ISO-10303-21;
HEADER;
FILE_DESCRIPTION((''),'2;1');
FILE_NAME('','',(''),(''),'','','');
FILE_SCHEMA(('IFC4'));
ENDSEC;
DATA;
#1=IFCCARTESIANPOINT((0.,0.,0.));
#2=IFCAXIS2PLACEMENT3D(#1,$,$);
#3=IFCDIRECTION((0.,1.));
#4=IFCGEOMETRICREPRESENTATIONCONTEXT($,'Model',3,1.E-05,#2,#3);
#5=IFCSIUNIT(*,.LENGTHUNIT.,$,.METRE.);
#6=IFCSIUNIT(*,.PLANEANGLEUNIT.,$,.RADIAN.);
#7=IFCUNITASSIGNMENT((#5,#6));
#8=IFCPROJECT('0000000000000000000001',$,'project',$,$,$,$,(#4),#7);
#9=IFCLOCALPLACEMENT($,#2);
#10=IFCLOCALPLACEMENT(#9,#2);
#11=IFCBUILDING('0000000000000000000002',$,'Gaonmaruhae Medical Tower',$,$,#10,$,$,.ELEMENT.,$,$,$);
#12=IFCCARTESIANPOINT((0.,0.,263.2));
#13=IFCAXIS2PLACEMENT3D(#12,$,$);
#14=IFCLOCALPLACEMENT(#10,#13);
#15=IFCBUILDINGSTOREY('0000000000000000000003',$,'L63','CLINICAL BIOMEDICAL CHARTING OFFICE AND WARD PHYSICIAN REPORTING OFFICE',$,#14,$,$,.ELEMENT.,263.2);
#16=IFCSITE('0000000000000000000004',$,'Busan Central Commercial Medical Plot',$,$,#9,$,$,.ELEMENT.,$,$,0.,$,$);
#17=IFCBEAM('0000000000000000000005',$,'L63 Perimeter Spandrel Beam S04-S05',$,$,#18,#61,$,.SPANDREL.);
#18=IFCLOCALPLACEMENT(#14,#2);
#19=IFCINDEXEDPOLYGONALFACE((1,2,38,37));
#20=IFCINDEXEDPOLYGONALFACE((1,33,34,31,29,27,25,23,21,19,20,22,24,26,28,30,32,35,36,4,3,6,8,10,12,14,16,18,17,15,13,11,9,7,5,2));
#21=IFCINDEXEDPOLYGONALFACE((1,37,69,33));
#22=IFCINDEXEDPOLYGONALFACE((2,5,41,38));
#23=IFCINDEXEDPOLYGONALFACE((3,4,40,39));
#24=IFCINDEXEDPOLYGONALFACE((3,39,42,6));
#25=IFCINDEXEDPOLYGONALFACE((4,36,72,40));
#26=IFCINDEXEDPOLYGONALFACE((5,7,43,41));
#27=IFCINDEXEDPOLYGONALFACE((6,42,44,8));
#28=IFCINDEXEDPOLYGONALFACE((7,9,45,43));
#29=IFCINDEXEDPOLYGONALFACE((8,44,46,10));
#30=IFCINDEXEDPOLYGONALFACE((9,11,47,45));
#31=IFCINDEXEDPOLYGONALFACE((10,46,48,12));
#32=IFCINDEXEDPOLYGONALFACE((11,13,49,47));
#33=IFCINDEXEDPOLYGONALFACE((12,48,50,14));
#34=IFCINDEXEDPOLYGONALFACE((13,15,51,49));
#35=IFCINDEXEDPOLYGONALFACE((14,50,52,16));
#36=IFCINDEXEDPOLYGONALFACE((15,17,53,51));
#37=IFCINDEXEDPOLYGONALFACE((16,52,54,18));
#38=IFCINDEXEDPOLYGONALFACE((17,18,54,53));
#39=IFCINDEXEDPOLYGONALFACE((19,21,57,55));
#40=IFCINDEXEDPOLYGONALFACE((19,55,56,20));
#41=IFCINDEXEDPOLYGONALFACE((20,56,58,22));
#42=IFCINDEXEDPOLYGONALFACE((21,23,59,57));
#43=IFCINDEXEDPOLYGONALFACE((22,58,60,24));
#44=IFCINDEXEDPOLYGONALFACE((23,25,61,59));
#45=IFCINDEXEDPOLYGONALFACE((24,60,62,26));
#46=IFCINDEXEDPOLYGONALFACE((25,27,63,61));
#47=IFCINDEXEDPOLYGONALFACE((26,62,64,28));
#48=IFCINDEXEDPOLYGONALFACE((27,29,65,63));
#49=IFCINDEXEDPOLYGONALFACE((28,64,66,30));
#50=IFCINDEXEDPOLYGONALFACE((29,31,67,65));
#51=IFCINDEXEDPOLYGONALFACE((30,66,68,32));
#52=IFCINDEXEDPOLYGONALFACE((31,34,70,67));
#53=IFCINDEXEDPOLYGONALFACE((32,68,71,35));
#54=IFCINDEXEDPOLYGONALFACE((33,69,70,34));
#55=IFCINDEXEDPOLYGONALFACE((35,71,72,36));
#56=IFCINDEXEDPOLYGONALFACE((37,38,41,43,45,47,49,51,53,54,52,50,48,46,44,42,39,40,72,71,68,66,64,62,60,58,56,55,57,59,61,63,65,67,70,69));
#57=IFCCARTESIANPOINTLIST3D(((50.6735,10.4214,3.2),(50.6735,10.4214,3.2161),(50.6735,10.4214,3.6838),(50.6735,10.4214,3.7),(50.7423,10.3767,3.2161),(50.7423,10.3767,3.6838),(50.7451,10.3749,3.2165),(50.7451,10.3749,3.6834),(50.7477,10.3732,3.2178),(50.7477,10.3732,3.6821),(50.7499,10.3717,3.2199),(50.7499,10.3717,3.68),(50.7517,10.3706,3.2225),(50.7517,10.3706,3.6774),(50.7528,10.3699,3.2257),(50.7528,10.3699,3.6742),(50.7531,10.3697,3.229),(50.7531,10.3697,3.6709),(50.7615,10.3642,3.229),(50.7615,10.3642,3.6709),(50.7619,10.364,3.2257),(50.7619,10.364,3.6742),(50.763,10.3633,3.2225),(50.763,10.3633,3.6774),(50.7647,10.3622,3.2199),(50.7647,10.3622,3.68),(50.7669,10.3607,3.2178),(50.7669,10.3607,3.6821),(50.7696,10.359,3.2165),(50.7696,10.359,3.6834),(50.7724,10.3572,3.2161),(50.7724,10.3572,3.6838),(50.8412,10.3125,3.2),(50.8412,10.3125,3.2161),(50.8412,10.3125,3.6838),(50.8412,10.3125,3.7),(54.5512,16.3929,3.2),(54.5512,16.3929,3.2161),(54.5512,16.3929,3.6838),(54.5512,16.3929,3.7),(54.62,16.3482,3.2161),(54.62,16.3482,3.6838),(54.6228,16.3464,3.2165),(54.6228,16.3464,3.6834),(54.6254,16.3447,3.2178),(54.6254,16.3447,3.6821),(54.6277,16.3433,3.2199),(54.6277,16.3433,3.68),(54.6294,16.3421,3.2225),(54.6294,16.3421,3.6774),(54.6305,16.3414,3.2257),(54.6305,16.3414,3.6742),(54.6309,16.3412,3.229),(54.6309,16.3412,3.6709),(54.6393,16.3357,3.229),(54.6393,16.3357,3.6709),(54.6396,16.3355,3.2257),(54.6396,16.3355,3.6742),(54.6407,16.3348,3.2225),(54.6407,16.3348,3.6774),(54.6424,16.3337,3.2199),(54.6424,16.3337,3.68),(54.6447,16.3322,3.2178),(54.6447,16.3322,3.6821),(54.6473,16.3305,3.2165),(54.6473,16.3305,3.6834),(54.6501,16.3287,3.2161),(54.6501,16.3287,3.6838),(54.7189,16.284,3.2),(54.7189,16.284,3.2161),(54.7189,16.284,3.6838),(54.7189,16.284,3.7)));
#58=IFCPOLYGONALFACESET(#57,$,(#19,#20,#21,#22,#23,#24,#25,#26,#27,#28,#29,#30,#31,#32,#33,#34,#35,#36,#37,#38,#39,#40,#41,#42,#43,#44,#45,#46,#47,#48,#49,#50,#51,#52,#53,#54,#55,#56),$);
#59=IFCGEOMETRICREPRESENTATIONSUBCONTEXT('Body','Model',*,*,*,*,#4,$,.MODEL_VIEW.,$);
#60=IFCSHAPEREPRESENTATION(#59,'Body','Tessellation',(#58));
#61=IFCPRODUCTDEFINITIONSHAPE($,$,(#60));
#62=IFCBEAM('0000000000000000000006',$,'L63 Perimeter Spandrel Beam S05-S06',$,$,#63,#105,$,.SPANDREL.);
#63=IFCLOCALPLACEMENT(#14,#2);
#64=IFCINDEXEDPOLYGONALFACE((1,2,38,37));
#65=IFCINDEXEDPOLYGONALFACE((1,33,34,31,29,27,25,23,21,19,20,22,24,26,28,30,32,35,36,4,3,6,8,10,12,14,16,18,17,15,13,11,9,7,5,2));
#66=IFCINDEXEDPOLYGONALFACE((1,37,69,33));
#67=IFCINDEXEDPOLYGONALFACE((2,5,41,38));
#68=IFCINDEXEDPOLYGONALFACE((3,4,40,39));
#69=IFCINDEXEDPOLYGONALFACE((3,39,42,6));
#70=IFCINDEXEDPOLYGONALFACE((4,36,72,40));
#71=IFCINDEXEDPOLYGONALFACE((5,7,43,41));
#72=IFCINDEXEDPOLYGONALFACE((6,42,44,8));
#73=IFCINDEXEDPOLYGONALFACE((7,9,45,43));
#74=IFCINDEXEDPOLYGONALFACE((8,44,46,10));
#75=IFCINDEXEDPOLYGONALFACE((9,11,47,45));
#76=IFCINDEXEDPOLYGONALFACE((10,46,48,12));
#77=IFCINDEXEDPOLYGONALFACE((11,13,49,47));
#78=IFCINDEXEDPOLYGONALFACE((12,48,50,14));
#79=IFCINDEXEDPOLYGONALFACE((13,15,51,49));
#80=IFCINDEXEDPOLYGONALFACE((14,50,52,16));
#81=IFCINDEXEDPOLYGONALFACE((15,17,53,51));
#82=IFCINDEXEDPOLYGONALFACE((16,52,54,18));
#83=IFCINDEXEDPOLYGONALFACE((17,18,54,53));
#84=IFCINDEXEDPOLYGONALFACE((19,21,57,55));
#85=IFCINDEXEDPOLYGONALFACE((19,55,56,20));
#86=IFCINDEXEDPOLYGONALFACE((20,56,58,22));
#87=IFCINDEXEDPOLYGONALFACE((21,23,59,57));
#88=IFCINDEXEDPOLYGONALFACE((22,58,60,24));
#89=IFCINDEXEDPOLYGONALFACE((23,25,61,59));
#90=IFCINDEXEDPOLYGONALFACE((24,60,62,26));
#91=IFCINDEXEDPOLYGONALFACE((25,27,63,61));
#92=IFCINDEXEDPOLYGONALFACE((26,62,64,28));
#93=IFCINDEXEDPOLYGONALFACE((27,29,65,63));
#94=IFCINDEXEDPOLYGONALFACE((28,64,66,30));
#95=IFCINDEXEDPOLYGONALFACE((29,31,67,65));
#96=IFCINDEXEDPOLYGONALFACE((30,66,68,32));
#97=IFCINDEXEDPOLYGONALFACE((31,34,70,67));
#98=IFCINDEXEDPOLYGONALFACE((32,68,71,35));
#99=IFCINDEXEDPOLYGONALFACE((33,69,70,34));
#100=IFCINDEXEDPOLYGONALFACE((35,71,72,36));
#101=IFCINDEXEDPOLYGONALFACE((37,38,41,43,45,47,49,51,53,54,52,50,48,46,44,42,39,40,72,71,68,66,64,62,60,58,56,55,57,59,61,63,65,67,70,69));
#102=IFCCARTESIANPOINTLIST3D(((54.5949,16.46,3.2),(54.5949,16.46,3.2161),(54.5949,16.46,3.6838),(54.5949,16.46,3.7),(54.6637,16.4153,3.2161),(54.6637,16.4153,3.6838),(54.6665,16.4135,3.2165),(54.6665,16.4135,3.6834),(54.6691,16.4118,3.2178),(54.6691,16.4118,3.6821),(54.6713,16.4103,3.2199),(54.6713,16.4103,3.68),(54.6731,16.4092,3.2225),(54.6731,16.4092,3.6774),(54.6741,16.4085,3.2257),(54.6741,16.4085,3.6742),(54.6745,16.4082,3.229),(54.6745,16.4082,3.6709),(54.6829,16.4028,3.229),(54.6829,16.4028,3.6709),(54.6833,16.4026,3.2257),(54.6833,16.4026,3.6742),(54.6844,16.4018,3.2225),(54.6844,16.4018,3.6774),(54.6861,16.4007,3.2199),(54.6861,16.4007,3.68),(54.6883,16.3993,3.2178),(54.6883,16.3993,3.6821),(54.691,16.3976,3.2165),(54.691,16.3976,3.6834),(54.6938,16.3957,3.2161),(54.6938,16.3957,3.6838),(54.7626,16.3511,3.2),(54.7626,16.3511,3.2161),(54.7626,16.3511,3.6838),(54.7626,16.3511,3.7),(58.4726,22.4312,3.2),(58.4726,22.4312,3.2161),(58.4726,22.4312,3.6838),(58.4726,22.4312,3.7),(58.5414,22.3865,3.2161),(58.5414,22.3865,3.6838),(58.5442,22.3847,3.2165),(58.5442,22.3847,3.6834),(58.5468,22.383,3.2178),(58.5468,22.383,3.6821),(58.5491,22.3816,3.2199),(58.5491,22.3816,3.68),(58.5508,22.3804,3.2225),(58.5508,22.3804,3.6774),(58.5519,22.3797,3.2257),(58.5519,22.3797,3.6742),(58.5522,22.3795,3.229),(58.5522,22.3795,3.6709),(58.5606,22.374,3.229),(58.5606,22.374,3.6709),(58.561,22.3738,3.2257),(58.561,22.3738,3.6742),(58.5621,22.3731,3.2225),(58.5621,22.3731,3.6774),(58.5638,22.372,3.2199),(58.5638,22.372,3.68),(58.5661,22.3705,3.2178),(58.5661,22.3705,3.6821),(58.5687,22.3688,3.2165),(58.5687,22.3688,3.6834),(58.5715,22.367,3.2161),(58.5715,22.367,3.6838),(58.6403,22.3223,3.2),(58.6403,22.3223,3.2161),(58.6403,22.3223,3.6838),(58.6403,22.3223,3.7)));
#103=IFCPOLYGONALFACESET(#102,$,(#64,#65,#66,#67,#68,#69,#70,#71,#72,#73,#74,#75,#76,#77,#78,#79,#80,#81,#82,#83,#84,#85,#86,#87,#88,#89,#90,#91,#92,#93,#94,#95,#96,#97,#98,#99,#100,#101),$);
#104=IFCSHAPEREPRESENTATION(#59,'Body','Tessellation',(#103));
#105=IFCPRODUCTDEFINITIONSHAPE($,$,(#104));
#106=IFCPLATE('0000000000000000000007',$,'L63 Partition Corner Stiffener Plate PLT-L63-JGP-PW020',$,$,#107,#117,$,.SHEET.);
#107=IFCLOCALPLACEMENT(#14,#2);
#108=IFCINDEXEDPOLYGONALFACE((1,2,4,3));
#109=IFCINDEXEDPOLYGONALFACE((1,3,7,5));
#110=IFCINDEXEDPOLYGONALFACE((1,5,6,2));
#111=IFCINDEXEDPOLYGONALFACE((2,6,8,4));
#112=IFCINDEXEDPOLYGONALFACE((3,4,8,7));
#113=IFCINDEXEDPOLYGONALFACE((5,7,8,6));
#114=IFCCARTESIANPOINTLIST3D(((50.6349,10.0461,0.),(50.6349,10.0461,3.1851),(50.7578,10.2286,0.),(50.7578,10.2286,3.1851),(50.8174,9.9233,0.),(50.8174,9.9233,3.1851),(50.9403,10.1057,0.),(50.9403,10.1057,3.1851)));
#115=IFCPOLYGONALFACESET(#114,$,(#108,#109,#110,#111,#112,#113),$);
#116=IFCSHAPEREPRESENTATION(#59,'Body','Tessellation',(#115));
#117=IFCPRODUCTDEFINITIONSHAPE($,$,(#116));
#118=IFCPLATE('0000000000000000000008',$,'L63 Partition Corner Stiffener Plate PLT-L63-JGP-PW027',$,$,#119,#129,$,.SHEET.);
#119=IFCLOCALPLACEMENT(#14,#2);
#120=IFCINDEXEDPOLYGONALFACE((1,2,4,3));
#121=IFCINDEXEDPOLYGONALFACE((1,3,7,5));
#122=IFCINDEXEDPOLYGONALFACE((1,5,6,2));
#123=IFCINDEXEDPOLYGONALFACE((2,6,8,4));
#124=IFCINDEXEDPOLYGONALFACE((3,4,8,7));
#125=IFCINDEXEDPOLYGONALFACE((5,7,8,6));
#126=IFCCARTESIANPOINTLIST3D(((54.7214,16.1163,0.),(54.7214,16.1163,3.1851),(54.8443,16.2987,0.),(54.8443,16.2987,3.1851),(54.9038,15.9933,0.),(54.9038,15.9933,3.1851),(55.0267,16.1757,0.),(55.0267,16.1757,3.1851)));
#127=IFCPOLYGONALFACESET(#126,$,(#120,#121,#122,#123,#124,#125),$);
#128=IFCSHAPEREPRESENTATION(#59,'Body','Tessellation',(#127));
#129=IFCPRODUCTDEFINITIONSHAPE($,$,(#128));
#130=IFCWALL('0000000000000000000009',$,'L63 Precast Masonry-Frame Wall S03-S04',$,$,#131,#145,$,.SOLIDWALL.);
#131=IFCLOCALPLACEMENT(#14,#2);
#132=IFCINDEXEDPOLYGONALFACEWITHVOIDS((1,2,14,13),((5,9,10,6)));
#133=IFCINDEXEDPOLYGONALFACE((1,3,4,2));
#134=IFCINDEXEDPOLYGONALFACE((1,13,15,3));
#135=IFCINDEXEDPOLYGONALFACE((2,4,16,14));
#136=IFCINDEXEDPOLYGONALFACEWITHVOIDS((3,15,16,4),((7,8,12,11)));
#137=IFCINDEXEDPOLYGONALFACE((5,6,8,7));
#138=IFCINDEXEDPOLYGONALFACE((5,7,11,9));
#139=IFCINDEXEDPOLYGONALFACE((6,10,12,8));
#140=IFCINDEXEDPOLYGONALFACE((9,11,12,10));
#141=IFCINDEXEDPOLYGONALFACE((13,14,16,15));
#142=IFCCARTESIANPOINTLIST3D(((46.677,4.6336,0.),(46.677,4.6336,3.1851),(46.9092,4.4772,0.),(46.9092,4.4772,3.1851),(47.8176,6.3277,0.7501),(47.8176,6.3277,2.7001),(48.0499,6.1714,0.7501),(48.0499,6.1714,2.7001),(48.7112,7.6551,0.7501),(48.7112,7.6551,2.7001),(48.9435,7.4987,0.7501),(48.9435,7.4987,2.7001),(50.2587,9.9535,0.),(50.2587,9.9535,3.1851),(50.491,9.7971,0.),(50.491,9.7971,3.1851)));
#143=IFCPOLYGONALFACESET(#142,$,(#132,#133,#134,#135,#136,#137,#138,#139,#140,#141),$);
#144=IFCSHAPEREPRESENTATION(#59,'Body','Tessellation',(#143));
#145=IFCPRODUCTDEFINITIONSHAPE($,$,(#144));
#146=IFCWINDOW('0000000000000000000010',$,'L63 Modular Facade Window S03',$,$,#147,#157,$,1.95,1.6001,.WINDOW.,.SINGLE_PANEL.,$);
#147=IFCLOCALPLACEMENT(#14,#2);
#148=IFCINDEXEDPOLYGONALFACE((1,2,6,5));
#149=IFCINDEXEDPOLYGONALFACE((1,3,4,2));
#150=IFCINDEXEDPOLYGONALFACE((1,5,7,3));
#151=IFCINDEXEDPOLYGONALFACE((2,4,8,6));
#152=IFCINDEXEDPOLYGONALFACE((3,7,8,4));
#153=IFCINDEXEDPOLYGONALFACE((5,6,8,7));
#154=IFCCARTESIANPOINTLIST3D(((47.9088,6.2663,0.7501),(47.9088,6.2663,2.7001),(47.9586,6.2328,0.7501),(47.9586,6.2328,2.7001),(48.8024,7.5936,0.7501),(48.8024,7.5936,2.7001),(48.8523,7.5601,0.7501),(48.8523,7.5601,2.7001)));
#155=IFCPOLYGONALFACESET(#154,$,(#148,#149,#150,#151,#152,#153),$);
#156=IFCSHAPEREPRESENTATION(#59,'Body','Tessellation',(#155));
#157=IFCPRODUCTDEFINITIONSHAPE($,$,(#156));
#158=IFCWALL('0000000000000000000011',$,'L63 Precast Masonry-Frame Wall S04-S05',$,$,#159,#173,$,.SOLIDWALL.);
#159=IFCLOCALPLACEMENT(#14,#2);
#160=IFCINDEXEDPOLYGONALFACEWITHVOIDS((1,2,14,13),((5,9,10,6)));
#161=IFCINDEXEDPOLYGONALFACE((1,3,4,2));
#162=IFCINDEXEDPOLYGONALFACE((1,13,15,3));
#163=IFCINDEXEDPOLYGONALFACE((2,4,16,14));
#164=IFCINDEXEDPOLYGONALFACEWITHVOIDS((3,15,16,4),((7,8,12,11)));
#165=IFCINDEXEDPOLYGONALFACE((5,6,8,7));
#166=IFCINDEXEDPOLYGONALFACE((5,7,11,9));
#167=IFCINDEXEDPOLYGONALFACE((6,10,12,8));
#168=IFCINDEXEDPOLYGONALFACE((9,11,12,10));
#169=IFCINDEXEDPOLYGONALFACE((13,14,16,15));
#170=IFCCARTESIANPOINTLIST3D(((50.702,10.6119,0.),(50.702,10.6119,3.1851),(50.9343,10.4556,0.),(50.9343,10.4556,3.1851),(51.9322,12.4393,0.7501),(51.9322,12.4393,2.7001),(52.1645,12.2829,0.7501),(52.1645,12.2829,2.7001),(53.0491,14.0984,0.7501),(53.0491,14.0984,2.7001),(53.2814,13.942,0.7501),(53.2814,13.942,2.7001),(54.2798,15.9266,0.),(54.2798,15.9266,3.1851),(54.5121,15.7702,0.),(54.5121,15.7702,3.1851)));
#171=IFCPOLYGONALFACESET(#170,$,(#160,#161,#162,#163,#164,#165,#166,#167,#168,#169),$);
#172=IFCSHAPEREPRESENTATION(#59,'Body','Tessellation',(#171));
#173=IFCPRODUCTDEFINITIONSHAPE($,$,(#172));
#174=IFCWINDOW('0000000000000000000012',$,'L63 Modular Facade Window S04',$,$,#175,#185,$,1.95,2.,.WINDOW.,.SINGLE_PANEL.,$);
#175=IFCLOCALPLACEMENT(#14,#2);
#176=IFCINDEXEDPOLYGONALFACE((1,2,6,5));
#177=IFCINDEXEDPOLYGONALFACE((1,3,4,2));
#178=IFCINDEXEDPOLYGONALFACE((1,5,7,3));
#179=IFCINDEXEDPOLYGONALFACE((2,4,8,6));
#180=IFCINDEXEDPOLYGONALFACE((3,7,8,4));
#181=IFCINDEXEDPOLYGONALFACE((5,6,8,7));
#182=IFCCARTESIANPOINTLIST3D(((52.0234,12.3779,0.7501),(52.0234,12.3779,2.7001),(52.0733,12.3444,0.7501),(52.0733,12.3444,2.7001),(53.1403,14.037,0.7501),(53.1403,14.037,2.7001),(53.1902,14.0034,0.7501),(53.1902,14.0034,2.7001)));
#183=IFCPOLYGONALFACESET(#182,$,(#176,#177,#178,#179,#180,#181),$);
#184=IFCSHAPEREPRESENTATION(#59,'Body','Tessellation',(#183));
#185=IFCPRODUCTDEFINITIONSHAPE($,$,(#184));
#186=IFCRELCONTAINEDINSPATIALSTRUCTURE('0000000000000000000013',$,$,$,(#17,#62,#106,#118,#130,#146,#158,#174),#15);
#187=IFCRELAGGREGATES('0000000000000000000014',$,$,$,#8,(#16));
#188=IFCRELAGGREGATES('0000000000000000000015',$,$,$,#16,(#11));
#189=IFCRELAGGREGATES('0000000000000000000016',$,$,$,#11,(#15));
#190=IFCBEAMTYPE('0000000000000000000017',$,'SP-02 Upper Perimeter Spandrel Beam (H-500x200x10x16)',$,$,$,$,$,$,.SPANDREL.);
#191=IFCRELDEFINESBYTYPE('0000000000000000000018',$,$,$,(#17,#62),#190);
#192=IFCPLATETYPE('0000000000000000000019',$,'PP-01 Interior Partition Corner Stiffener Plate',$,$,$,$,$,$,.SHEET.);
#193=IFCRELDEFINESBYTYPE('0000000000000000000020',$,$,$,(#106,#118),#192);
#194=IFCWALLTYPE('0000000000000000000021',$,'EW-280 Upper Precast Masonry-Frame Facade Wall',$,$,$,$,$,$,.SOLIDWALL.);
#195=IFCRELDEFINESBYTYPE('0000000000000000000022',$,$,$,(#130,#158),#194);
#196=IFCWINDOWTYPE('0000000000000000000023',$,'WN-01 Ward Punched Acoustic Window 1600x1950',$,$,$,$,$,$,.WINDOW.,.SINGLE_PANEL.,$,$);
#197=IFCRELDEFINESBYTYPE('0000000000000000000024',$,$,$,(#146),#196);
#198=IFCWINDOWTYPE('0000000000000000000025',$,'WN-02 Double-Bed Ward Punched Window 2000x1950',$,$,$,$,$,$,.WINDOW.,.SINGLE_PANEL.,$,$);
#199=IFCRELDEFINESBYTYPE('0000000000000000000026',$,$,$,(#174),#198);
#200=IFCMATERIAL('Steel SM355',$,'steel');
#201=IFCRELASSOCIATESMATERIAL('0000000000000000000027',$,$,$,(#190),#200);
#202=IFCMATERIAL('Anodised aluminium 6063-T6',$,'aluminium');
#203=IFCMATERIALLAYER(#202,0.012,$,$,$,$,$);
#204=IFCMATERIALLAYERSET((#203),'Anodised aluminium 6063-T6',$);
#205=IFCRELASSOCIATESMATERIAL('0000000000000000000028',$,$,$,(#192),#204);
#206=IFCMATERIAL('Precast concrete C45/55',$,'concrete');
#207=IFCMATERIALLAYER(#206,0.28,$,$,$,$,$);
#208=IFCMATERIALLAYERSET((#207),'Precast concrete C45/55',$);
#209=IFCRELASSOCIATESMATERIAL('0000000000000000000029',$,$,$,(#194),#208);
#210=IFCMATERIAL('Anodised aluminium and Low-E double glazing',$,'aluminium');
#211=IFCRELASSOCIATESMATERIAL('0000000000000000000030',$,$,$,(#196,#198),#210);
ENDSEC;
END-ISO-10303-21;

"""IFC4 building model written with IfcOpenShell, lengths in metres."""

from ifc_helpers import new_model, si_unit, direction, frame, frame_2d, origin, origin_2d, place, context, subcontext, project, spatial, rectangle, i_section, extrude, material, layer, layer_set, material_profile, profile_set, type_object, element, fill, save


model = new_model("IFC4")

# Units and contexts
model_context = context("Model", 3, precision=1e-05, world=origin(), true_north=direction((0.0, 1.0)))
body_context = subcontext(model_context, "Body", "Model", "MODEL_VIEW")
ifc_project = project(units=[si_unit("LENGTHUNIT", "METRE"), si_unit("PLANEANGLEUNIT", "RADIAN")], contexts=[model_context])

# Site, building, storey
site_placement = place(None, origin())
site = spatial("IfcSite", under=ifc_project, at=site_placement, Name="Busan Central Commercial Medical Plot", CompositionType="ELEMENT", RefElevation=0.0)
building_placement = place(site_placement, origin())
building = spatial("IfcBuilding", under=site, at=building_placement, Name="Gaonmaruhae Medical Tower", CompositionType="ELEMENT")
storey_placement = place(building_placement, frame((0.0, 0.0, 263.2)))
storey = spatial("IfcBuildingStorey", under=building, at=storey_placement, Name="L63", Description="CLINICAL BIOMEDICAL CHARTING OFFICE AND WARD PHYSICIAN REPORTING OFFICE", CompositionType="ELEMENT", Elevation=263.2)

# Shared definitions
ifc_material_1 = material(Name="Anodised aluminium and Low-E double glazing", Category="aluminium")
ifc_material_2 = material(Name="Anodised aluminium 6063-T6", Category="aluminium")

# Beams
ifc_material_3 = material(Name="Steel SM355", Category="steel")
ifc_material_profile_1 = material_profile(ifc_material_3, i_section(OverallWidth=0.2, OverallDepth=0.5, WebThickness=0.01, FlangeThickness=0.0161, FilletRadius=0.0129, at=origin_2d()), Name="H-500x200x10x16")
ifc_profile_set_1 = profile_set([ifc_material_profile_1], Name="Steel SM355")
beam_type_1 = type_object("IfcBeamType", Name="SP-02 Upper Perimeter Spandrel Beam (H-500x200x10x16)", PredefinedType="SPANDREL", material=ifc_profile_set_1)
for number, where, z_axis, x_axis, name in (
    (1, (50.7573, 10.3669, 3.45), (0.544618, 0.838684, 0.0), (-0.838684, 0.544618, 0.0), "L63 Perimeter Spandrel Beam S04-S05"),
):
    element("IfcBeam", number, at=place(storey_placement, frame(where, z_axis=z_axis, x_axis=x_axis)), inside=storey, type_object=beam_type_1, Name=name, PredefinedType="SPANDREL", context=body_context, shape_type="SweptSolid", body=[
        extrude(i_section(OverallWidth=0.2, OverallDepth=0.5, WebThickness=0.01, FlangeThickness=0.0161, FilletRadius=0.0129, at=origin_2d()), origin(), (0.0, 0.0, 1.0), 7.1201),
    ])
beam_1_placement = place(storey_placement, frame((54.6787, 16.4055, 3.45), z_axis=(0.544634, 0.838674, 0.0), x_axis=(-0.838674, 0.544634, 0.0)))
element("IfcBeam", 2, at=beam_1_placement, inside=storey, type_object=beam_type_1, Name="L63 Perimeter Spandrel Beam S05-S06", PredefinedType="SPANDREL", context=body_context, shape_type="SweptSolid", body=[
    extrude(i_section(OverallWidth=0.2, OverallDepth=0.5, WebThickness=0.01, FlangeThickness=0.0161, FilletRadius=0.0129, at=origin_2d()), origin(), (0.0, 0.0, 1.0), 7.1199),
])

# Plates
ifc_layer_1 = layer(ifc_material_2, 0.012)
ifc_layer_set_1 = layer_set([ifc_layer_1], Name="Anodised aluminium 6063-T6")
plate_type = type_object("IfcPlateType", Name="PP-01 Interior Partition Corner Stiffener Plate", PredefinedType="SHEET", material=ifc_layer_set_1)
for number, where, z_axis, x_axis, name in (
    (3, (50.7876, 10.0759, 0.0), (0.0, 0.0, 1.0), (-0.558484, -0.829515, 0.0), "L63 Partition Corner Stiffener Plate PLT-L63-JGP-PW020"),
    (4, (54.874, 16.146, 0.0), (0.0, 0.0, 1.0), (-0.55886, -0.829262, 0.0), "L63 Partition Corner Stiffener Plate PLT-L63-JGP-PW027"),
):
    element("IfcPlate", number, at=place(storey_placement, frame(where, z_axis=z_axis, x_axis=x_axis)), inside=storey, type_object=plate_type, Name=name, PredefinedType="SHEET", context=body_context, shape_type="SweptSolid", body=[
        extrude(rectangle(XDim=0.22, YDim=0.22, at=origin_2d()), origin(), (0.0, 0.0, 1.0), 3.1851),
    ])

# Walls, openings, windows
ifc_material_4 = material(Name="Precast concrete C45/55", Category="concrete")
ifc_layer_2 = layer(ifc_material_4, 0.28)
ifc_layer_set_2 = layer_set([ifc_layer_2], Name="Precast concrete C45/55")
wall_type_1 = type_object("IfcWallType", Name="EW-280 Upper Precast Masonry-Frame Facade Wall", PredefinedType="SOLIDWALL", material=ifc_layer_set_2)
wall_1_placement = place(storey_placement, frame((50.3748, 9.8752, 0.0), z_axis=(0.0, 0.0, 1.0), x_axis=(-0.558481, -0.829518, 0.0)))
wall_1 = element("IfcWall", 5, at=wall_1_placement, inside=storey, type_object=wall_type_1, Name="L63 Precast Masonry-Frame Wall S03-S04", PredefinedType="SOLIDWALL", context=body_context, shape_type="SweptSolid", body=[
    extrude(rectangle(XDim=6.4133, YDim=0.28, at=frame_2d((3.2065, 0.0))), origin(), (0.0, 0.0, 1.0), 3.1851),
])
opening_1_placement = place(wall_1_placement, frame((2.7708, 0.0, 0.75)))
opening_1 = element("IfcOpeningElement", 6, at=opening_1_placement, cuts=wall_1, PredefinedType="OPENING", context=body_context, shape_type="SweptSolid", body=[
    extrude(rectangle(XDim=1.6001, YDim=1.95, at=frame_2d((0.8, 0.9751))), frame((0.0, 0.1499, 0.0), z_axis=(0.0, -1.0, 0.0), x_axis=(1.0, 0.0, 0.0)), (0.0, 0.0, 1.0), 0.3),
])
window_type_1 = type_object("IfcWindowType", Name="WN-01 Ward Punched Acoustic Window 1600x1950", PartitioningType="SINGLE_PANEL", PredefinedType="WINDOW", material=ifc_material_1)
window_1_placement = place(opening_1_placement, origin())
window_1 = element("IfcWindow", 7, at=window_1_placement, inside=storey, type_object=window_type_1, Name="L63 Modular Facade Window S03", OverallHeight=1.95, OverallWidth=1.6001, PartitioningType="SINGLE_PANEL", PredefinedType="WINDOW", context=body_context, shape_type="SweptSolid", body=[
    extrude(rectangle(XDim=1.6001, YDim=1.95, at=frame_2d((0.8, 0.9751))), frame((0.0, 0.03, 0.0), z_axis=(0.0, -1.0, 0.0), x_axis=(1.0, 0.0, 0.0)), (0.0, 0.0, 1.0), 0.0601),
])
fill(opening_1, window_1)
wall_2_placement = place(storey_placement, frame((54.396, 15.8484, 0.0), z_axis=(0.0, 0.0, 1.0), x_axis=(-0.558449, -0.829539, 0.0)))
wall_2 = element("IfcWall", 8, at=wall_2_placement, inside=storey, type_object=wall_type_1, Name="L63 Precast Masonry-Frame Wall S04-S05", PredefinedType="SOLIDWALL", context=body_context, shape_type="SweptSolid", body=[
    extrude(rectangle(XDim=6.4067, YDim=0.28, at=frame_2d((3.2034, 0.0))), origin(), (0.0, 0.0, 1.0), 3.1851),
])
opening_2_placement = place(wall_2_placement, frame((2.2039, 0.0, 0.75)))
opening_2 = element("IfcOpeningElement", 9, at=opening_2_placement, cuts=wall_2, PredefinedType="OPENING", context=body_context, shape_type="SweptSolid", body=[
    extrude(rectangle(XDim=2.0, YDim=1.95, at=frame_2d((1.0, 0.9751))), frame((0.0, 0.1499, 0.0), z_axis=(0.0, -1.0, 0.0), x_axis=(1.0, 0.0, 0.0)), (0.0, 0.0, 1.0), 0.3),
])
window_type_2 = type_object("IfcWindowType", Name="WN-02 Double-Bed Ward Punched Window 2000x1950", PartitioningType="SINGLE_PANEL", PredefinedType="WINDOW", material=ifc_material_1)
window_2_placement = place(opening_2_placement, origin())
window_2 = element("IfcWindow", 10, at=window_2_placement, inside=storey, type_object=window_type_2, Name="L63 Modular Facade Window S04", OverallHeight=1.95, OverallWidth=2.0, PartitioningType="SINGLE_PANEL", PredefinedType="WINDOW", context=body_context, shape_type="SweptSolid", body=[
    extrude(rectangle(XDim=2.0, YDim=1.95, at=frame_2d((1.0, 0.9751))), frame((0.0, 0.03, 0.0), z_axis=(0.0, -1.0, 0.0), x_axis=(1.0, 0.0, 0.0)), (0.0, 0.0, 1.0), 0.0601),
])
fill(opening_2, window_2)

save(model, "model.ifc")
